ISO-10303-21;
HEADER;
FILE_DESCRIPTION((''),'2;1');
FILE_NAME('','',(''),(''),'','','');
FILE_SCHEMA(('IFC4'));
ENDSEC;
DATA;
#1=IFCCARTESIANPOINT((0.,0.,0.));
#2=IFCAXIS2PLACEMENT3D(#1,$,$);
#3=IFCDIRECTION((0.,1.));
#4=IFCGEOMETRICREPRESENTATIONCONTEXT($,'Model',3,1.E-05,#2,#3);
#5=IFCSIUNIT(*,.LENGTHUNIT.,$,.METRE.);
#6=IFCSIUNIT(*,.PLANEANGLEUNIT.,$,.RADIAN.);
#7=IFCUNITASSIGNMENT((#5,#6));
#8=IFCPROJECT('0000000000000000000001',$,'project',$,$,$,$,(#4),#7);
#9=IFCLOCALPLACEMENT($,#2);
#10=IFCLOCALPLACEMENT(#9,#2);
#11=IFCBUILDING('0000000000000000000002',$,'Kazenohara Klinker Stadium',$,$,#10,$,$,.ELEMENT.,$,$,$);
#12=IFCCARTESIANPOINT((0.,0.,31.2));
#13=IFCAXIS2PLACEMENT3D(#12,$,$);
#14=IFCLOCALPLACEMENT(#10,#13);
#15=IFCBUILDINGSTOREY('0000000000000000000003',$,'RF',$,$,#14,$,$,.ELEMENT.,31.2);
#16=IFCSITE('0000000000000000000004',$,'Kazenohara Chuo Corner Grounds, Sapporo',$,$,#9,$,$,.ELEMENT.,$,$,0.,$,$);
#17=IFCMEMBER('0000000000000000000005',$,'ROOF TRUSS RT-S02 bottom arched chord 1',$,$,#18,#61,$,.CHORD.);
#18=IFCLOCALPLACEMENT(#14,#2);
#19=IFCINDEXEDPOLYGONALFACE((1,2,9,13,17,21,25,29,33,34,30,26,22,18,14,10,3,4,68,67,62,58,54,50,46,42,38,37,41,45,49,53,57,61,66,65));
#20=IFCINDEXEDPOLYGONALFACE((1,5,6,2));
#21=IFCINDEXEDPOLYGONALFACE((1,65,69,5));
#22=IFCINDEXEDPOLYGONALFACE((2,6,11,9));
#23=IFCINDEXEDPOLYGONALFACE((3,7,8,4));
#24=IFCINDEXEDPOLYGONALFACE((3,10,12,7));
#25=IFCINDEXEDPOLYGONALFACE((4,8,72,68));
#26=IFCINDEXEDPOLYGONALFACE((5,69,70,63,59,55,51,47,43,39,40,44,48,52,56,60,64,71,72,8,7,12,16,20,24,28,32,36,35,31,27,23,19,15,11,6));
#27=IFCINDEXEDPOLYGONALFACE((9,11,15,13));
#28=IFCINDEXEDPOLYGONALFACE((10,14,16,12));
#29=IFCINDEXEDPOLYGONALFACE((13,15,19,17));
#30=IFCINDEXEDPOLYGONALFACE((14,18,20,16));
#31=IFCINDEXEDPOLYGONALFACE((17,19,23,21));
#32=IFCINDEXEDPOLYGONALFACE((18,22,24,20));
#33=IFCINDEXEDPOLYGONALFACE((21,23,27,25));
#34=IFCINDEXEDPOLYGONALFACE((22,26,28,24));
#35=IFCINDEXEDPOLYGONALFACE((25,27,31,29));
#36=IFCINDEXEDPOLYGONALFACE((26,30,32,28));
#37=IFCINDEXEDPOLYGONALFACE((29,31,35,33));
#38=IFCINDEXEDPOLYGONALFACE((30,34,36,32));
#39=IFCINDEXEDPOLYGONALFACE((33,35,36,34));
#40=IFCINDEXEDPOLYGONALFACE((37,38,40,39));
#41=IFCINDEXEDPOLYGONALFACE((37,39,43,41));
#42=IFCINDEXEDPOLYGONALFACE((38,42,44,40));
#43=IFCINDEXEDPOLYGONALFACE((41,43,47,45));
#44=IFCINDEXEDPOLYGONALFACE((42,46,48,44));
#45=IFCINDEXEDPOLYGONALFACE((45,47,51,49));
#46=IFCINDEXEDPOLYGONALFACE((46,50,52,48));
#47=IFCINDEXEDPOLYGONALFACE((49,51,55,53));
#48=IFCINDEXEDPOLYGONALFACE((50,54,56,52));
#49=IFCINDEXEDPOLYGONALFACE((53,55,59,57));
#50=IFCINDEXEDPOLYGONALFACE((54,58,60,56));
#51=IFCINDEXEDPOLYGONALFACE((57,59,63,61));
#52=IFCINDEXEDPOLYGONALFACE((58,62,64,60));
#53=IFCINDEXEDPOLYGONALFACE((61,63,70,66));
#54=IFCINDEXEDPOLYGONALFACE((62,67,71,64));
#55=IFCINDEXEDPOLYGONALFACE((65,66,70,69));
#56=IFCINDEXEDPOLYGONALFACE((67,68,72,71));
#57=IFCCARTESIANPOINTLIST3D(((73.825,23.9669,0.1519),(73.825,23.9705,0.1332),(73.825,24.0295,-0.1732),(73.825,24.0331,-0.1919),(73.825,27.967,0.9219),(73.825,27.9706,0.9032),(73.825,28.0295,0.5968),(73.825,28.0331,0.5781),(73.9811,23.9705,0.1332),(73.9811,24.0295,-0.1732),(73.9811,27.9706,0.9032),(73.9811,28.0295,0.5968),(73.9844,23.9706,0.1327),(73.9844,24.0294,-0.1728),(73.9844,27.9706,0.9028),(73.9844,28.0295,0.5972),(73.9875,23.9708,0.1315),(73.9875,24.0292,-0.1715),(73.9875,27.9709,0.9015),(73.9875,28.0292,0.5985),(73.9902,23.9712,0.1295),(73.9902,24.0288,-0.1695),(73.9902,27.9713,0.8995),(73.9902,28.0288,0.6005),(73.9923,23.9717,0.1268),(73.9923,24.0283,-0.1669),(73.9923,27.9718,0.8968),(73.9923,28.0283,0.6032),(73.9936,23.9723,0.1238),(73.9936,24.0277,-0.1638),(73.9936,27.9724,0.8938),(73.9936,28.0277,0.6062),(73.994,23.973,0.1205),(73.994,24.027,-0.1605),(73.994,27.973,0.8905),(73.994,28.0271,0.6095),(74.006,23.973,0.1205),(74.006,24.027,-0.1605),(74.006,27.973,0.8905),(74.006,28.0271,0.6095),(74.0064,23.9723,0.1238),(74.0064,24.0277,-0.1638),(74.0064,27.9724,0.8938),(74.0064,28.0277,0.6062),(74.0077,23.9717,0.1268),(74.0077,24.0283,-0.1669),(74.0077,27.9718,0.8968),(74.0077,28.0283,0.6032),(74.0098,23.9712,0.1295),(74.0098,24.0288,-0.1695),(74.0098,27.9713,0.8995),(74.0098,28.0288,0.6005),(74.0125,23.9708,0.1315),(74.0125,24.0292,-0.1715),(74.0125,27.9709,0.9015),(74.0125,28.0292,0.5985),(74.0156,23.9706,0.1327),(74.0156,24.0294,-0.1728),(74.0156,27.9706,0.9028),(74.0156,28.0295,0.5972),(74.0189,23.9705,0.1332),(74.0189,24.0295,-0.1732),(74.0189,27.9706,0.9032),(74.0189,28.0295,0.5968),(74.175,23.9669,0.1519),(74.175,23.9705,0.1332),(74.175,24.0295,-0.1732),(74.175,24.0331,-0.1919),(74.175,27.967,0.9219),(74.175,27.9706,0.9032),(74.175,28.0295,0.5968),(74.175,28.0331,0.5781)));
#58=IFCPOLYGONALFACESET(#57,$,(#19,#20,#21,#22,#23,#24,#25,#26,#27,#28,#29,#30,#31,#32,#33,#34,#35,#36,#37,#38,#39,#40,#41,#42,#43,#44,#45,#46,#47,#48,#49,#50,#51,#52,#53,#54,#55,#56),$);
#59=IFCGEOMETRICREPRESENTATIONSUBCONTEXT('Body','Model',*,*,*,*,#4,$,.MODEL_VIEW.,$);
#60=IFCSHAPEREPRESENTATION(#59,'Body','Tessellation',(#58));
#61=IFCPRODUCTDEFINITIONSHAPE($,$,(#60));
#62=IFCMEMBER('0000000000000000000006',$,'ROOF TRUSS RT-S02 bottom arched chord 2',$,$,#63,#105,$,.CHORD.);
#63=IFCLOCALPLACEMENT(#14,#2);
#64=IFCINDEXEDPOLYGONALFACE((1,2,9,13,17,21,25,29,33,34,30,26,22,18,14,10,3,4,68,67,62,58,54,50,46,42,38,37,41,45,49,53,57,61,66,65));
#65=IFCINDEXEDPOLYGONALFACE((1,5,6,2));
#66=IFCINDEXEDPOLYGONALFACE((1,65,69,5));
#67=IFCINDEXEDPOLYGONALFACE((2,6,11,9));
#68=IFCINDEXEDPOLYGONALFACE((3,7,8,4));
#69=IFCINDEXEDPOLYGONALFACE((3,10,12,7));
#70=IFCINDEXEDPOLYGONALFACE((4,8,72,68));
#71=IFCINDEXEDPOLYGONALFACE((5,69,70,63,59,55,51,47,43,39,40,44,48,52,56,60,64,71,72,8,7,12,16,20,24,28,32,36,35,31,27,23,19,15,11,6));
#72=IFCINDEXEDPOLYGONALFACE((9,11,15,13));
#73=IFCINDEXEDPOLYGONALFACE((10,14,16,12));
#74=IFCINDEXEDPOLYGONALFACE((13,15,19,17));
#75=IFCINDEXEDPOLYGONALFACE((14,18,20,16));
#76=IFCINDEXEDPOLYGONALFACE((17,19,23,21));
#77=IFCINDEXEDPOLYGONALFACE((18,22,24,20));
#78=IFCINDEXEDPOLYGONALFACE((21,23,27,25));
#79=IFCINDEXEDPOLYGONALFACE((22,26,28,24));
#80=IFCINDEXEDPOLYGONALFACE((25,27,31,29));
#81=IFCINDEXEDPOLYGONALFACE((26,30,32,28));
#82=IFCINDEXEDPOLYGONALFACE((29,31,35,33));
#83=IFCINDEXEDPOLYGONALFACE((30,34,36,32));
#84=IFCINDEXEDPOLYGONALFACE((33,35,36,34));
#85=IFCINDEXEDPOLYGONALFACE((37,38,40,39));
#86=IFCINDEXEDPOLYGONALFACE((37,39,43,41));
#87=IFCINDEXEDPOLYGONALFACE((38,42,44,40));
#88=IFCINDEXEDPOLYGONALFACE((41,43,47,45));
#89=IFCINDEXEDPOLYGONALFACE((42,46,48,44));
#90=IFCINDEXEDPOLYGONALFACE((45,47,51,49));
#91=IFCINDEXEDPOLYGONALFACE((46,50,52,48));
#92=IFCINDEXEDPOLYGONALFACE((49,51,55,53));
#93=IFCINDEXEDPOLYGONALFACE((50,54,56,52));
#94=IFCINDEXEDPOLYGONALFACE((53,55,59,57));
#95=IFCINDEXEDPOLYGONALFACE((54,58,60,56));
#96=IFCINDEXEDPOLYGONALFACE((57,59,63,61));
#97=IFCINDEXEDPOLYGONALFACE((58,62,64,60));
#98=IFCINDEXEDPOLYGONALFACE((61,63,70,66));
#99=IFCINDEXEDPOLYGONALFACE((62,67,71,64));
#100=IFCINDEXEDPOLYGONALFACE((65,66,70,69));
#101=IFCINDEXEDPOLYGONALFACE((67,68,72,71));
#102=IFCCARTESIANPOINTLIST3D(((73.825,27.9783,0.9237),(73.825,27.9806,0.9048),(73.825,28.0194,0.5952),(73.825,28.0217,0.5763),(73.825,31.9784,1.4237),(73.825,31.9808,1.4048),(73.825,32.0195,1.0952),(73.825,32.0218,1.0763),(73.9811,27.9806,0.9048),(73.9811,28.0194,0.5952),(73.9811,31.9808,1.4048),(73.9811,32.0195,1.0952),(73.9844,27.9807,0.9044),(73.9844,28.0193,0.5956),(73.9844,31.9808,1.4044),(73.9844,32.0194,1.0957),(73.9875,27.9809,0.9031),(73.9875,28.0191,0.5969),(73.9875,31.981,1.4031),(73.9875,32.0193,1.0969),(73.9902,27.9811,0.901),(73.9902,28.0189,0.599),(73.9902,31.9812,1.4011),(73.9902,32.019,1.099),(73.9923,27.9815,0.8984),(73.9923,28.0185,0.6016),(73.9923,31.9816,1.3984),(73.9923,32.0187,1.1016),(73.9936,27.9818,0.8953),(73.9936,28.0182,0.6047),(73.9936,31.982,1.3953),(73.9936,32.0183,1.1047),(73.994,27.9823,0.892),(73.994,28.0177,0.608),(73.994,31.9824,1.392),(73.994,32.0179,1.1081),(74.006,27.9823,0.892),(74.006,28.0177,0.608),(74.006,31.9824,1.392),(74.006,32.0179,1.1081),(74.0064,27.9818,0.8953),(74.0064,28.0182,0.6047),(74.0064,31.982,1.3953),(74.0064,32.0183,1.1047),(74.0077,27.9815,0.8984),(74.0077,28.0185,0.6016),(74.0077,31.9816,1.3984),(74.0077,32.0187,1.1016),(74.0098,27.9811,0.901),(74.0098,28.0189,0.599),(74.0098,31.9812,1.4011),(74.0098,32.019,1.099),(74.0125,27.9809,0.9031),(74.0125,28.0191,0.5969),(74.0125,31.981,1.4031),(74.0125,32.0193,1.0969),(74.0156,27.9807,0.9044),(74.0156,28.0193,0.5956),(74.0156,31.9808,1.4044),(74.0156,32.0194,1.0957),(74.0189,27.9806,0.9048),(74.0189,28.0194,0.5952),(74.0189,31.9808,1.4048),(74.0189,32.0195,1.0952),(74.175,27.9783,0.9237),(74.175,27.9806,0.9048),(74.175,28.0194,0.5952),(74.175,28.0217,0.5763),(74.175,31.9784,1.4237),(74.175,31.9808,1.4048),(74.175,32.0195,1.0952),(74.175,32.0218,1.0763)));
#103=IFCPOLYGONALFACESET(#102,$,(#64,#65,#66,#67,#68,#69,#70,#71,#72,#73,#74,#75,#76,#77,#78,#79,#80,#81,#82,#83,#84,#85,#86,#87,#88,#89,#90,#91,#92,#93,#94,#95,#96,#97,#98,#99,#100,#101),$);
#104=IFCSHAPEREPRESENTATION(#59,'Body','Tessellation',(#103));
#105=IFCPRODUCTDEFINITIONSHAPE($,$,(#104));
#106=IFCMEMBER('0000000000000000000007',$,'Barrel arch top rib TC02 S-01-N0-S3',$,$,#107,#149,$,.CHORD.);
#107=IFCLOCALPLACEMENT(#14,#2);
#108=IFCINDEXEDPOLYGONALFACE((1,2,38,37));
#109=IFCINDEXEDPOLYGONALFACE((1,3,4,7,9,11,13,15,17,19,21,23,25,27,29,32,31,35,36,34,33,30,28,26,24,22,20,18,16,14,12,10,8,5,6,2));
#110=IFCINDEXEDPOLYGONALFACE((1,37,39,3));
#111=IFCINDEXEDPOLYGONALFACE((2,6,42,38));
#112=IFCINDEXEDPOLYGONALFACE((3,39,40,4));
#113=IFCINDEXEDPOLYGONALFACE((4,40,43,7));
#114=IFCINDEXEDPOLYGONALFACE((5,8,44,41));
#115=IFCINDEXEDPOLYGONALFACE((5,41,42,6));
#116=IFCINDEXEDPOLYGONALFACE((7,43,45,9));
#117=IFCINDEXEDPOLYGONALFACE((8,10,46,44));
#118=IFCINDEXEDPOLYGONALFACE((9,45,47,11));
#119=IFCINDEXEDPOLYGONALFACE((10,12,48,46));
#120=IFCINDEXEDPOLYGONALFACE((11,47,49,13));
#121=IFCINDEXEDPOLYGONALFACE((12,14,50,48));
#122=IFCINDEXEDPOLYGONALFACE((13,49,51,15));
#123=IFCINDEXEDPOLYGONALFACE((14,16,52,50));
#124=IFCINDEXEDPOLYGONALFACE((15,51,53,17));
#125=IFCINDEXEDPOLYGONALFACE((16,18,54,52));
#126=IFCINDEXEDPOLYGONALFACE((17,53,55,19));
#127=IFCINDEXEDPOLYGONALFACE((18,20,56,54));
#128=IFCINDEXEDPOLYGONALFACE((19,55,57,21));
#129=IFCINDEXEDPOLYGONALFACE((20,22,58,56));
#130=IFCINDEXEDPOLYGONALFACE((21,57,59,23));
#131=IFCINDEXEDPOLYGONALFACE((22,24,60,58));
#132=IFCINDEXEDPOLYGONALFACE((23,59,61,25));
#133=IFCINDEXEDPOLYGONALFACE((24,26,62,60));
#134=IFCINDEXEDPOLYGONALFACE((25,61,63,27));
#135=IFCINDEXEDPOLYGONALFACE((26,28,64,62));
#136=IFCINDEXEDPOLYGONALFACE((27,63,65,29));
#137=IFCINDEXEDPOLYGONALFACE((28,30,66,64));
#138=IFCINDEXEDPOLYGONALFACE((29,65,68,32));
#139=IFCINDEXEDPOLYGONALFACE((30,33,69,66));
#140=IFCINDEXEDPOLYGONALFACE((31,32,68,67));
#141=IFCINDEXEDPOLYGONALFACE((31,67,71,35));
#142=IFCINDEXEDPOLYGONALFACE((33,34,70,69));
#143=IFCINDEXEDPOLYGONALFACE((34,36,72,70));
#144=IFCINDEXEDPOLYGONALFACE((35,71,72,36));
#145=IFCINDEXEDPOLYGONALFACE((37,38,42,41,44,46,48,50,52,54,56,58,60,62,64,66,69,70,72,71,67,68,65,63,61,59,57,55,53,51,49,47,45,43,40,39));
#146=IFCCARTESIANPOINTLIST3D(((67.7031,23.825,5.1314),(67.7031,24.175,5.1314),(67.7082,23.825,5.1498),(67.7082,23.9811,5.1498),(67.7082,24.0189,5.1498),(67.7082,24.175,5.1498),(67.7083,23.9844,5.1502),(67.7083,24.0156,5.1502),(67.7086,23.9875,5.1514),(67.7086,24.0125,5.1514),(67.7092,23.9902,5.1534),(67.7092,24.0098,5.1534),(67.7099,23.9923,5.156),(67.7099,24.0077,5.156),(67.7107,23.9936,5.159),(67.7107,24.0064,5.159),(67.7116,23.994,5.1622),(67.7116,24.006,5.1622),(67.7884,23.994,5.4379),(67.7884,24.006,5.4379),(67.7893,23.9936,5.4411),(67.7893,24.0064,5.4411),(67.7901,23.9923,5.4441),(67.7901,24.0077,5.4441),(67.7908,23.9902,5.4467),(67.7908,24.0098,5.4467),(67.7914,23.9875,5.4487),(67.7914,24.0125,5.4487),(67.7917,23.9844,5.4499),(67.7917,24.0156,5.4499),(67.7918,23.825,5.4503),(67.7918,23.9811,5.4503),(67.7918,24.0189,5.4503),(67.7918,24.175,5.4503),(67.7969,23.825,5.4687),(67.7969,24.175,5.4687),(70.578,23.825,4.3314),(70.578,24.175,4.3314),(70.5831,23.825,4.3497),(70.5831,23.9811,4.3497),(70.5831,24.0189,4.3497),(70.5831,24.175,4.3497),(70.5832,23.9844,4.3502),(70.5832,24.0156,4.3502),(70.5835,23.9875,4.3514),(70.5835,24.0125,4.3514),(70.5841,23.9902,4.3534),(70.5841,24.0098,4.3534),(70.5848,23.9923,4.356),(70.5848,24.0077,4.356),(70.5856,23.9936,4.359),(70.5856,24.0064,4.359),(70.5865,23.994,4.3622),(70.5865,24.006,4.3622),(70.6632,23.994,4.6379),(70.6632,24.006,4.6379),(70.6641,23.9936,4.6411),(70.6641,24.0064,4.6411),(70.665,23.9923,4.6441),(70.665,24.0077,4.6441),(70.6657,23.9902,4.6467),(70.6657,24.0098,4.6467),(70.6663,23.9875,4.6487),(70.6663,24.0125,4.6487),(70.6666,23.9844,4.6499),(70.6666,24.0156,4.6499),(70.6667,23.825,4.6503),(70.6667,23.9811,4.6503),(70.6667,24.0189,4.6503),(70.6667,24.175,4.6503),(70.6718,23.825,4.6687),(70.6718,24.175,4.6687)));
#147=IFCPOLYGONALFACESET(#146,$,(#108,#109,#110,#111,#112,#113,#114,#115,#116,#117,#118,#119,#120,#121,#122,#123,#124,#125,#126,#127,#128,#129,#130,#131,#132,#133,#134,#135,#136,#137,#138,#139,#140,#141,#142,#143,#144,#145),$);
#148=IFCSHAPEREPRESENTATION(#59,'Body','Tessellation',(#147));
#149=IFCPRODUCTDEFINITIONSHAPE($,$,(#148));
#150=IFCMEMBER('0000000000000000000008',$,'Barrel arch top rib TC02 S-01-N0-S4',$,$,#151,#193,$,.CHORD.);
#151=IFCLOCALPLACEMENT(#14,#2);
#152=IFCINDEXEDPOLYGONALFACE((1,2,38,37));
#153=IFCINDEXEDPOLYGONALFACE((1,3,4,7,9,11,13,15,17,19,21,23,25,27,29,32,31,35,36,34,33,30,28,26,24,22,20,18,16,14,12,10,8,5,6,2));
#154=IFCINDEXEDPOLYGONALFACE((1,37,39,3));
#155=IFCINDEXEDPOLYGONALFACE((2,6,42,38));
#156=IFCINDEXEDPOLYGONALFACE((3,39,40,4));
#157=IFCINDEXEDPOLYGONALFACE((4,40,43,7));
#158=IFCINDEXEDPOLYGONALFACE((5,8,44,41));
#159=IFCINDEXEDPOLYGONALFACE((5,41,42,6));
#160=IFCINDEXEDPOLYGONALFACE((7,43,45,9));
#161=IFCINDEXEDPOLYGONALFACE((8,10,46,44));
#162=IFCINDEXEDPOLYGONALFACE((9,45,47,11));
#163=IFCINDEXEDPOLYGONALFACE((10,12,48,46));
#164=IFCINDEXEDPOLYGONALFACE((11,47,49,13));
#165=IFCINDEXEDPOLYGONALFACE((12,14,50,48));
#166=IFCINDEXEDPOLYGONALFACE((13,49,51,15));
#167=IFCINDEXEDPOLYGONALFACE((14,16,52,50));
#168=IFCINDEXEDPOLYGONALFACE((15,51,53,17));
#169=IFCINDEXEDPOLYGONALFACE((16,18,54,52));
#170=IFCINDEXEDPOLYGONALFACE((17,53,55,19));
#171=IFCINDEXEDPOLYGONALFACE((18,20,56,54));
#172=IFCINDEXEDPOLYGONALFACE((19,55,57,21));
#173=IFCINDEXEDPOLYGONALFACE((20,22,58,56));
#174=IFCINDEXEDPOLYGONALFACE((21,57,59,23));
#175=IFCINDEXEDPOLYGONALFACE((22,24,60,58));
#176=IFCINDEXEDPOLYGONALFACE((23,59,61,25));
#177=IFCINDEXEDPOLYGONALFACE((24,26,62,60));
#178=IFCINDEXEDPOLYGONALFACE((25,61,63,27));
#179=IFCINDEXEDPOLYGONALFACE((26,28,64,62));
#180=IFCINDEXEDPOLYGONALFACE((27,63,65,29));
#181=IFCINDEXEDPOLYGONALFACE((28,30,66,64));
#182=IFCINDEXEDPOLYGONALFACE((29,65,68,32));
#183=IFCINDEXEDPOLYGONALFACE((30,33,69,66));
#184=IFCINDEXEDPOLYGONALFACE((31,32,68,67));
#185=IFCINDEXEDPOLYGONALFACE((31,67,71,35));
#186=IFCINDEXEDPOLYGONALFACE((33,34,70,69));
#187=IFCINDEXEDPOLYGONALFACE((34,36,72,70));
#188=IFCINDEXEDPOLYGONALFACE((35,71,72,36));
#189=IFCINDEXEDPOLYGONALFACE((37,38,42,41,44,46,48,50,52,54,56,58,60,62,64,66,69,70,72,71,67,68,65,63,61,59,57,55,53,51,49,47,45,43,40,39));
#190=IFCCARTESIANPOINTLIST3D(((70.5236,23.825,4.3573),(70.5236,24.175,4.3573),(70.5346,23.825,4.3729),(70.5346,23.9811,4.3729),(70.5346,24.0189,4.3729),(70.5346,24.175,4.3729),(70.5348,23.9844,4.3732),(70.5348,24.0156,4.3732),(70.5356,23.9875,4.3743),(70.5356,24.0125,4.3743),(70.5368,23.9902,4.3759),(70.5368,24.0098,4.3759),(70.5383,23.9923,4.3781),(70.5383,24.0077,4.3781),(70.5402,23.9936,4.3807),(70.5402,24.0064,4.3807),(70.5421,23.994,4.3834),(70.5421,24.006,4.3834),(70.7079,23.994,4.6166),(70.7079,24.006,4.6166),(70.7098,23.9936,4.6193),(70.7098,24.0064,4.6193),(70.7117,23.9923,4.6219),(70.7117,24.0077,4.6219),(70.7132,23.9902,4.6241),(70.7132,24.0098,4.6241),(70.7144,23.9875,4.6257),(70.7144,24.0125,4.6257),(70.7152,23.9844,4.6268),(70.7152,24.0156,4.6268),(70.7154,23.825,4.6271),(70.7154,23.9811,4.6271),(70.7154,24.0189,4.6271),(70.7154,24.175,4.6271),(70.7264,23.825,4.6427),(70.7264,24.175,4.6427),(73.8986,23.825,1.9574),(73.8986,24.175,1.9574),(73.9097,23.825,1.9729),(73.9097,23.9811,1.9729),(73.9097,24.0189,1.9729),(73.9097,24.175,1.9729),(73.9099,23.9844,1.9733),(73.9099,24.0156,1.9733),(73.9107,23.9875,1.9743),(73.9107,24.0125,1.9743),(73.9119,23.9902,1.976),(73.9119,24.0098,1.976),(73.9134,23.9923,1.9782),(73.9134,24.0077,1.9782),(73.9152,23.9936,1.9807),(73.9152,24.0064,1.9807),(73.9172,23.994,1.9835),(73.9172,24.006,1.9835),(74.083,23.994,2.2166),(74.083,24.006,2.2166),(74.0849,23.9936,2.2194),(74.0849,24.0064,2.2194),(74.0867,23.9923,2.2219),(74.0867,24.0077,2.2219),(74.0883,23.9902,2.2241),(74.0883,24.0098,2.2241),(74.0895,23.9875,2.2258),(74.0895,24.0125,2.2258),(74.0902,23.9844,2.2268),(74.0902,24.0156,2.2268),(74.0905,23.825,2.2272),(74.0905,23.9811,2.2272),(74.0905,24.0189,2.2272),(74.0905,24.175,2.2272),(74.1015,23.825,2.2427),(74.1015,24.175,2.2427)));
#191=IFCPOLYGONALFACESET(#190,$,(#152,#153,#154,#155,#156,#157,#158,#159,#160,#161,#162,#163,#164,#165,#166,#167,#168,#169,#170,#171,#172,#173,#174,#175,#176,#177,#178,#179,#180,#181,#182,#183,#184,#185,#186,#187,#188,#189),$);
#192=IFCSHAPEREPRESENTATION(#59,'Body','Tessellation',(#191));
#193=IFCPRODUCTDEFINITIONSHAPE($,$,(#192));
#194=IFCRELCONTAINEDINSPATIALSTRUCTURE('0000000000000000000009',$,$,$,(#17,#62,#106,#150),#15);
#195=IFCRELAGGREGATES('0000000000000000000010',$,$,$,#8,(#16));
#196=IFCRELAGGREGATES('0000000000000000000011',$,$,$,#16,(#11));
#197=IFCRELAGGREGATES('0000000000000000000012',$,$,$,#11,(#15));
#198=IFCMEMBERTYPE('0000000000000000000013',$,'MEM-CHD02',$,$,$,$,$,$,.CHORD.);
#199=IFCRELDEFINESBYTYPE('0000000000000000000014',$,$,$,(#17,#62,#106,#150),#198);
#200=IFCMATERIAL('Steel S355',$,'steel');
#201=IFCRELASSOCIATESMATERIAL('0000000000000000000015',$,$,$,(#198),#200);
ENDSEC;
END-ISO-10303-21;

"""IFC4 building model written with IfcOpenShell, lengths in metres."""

from ifc_helpers import new_model, si_unit, direction, frame, origin, origin_2d, place, context, subcontext, project, spatial, i_section, extrude, material, material_profile, profile_set, type_object, element, save


model = new_model("IFC4")

# Units and contexts
model_context = context("Model", 3, precision=1e-05, world=origin(), true_north=direction((0.0, 1.0)))
body_context = subcontext(model_context, "Body", "Model", "MODEL_VIEW")
ifc_project = project(units=[si_unit("LENGTHUNIT", "METRE"), si_unit("PLANEANGLEUNIT", "RADIAN")], contexts=[model_context])

# Site, building, storey
site_placement = place(None, origin())
site = spatial("IfcSite", under=ifc_project, at=site_placement, Name="Kazenohara Chuo Corner Grounds, Sapporo", CompositionType="ELEMENT", RefElevation=0.0)
building_placement = place(site_placement, origin())
building = spatial("IfcBuilding", under=site, at=building_placement, Name="Kazenohara Klinker Stadium", CompositionType="ELEMENT")
storey_placement = place(building_placement, frame((0.0, 0.0, 31.2)))
storey = spatial("IfcBuildingStorey", under=building, at=storey_placement, Name="RF", CompositionType="ELEMENT", Elevation=31.2)

# Members
ifc_material_1 = material(Name="Steel S355", Category="steel")
ifc_material_profile_1 = material_profile(ifc_material_1, i_section(OverallWidth=0.3501, OverallDepth=0.3501, WebThickness=0.012, FlangeThickness=0.019, FilletRadius=0.0129, at=origin_2d()), Name="H-350x350x12x19")
ifc_profile_set_1 = profile_set([ifc_material_profile_1], Name="Steel S355")
member_type_1 = type_object("IfcMemberType", Name="MEM-CHD02", PredefinedType="CHORD", material=ifc_profile_set_1)
member_1_placement = place(storey_placement, frame((74.0, 24.0, -0.02), z_axis=(0.0, 0.981971, 0.189034), x_axis=(-1.0, 0.0, 0.0)))
element("IfcMember", 1, at=member_1_placement, inside=storey, type_object=member_type_1, Name="ROOF TRUSS RT-S02 bottom arched chord 1", PredefinedType="CHORD", context=body_context, shape_type="SweptSolid", body=[
    extrude(i_section(OverallWidth=0.3501, OverallDepth=0.3501, WebThickness=0.012, FlangeThickness=0.019, FilletRadius=0.0129, at=origin_2d()), origin(), (0.0, 0.0, 1.0), 4.0735),
])
member_2_placement = place(storey_placement, frame((74.0, 28.0, 0.75), z_axis=(0.0, 0.992278, 0.124035), x_axis=(-1.0, 0.0, 0.0)))
element("IfcMember", 2, at=member_2_placement, inside=storey, type_object=member_type_1, Name="ROOF TRUSS RT-S02 bottom arched chord 2", PredefinedType="CHORD", context=body_context, shape_type="SweptSolid", body=[
    extrude(i_section(OverallWidth=0.3501, OverallDepth=0.3501, WebThickness=0.012, FlangeThickness=0.019, FilletRadius=0.0129, at=origin_2d()), origin(), (0.0, 0.0, 1.0), 4.0312),
])
member_3_placement = place(storey_placement, frame((67.75, 24.0, 5.3), z_axis=(0.963394, 0.0, -0.268091), x_axis=(0.0, 1.0, 0.0)))
element("IfcMember", 3, at=member_3_placement, inside=storey, type_object=member_type_1, Name="Barrel arch top rib TC02 S-01-N0-S3", PredefinedType="CHORD", context=body_context, shape_type="SweptSolid", body=[
    extrude(i_section(OverallWidth=0.3501, OverallDepth=0.3501, WebThickness=0.012, FlangeThickness=0.019, FilletRadius=0.0129, at=origin_2d()), origin(), (0.0, 0.0, 1.0), 2.9841),
])
member_4_placement = place(storey_placement, frame((70.625, 24.0, 4.5), z_axis=(0.814966, 0.0, -0.579508), x_axis=(0.0, 1.0, 0.0)))
element("IfcMember", 4, at=member_4_placement, inside=storey, type_object=member_type_1, Name="Barrel arch top rib TC02 S-01-N0-S4", PredefinedType="CHORD", context=body_context, shape_type="SweptSolid", body=[
    extrude(i_section(OverallWidth=0.3501, OverallDepth=0.3501, WebThickness=0.012, FlangeThickness=0.019, FilletRadius=0.0129, at=origin_2d()), origin(), (0.0, 0.0, 1.0), 4.1414),
])

save(model, "model.ifc")
